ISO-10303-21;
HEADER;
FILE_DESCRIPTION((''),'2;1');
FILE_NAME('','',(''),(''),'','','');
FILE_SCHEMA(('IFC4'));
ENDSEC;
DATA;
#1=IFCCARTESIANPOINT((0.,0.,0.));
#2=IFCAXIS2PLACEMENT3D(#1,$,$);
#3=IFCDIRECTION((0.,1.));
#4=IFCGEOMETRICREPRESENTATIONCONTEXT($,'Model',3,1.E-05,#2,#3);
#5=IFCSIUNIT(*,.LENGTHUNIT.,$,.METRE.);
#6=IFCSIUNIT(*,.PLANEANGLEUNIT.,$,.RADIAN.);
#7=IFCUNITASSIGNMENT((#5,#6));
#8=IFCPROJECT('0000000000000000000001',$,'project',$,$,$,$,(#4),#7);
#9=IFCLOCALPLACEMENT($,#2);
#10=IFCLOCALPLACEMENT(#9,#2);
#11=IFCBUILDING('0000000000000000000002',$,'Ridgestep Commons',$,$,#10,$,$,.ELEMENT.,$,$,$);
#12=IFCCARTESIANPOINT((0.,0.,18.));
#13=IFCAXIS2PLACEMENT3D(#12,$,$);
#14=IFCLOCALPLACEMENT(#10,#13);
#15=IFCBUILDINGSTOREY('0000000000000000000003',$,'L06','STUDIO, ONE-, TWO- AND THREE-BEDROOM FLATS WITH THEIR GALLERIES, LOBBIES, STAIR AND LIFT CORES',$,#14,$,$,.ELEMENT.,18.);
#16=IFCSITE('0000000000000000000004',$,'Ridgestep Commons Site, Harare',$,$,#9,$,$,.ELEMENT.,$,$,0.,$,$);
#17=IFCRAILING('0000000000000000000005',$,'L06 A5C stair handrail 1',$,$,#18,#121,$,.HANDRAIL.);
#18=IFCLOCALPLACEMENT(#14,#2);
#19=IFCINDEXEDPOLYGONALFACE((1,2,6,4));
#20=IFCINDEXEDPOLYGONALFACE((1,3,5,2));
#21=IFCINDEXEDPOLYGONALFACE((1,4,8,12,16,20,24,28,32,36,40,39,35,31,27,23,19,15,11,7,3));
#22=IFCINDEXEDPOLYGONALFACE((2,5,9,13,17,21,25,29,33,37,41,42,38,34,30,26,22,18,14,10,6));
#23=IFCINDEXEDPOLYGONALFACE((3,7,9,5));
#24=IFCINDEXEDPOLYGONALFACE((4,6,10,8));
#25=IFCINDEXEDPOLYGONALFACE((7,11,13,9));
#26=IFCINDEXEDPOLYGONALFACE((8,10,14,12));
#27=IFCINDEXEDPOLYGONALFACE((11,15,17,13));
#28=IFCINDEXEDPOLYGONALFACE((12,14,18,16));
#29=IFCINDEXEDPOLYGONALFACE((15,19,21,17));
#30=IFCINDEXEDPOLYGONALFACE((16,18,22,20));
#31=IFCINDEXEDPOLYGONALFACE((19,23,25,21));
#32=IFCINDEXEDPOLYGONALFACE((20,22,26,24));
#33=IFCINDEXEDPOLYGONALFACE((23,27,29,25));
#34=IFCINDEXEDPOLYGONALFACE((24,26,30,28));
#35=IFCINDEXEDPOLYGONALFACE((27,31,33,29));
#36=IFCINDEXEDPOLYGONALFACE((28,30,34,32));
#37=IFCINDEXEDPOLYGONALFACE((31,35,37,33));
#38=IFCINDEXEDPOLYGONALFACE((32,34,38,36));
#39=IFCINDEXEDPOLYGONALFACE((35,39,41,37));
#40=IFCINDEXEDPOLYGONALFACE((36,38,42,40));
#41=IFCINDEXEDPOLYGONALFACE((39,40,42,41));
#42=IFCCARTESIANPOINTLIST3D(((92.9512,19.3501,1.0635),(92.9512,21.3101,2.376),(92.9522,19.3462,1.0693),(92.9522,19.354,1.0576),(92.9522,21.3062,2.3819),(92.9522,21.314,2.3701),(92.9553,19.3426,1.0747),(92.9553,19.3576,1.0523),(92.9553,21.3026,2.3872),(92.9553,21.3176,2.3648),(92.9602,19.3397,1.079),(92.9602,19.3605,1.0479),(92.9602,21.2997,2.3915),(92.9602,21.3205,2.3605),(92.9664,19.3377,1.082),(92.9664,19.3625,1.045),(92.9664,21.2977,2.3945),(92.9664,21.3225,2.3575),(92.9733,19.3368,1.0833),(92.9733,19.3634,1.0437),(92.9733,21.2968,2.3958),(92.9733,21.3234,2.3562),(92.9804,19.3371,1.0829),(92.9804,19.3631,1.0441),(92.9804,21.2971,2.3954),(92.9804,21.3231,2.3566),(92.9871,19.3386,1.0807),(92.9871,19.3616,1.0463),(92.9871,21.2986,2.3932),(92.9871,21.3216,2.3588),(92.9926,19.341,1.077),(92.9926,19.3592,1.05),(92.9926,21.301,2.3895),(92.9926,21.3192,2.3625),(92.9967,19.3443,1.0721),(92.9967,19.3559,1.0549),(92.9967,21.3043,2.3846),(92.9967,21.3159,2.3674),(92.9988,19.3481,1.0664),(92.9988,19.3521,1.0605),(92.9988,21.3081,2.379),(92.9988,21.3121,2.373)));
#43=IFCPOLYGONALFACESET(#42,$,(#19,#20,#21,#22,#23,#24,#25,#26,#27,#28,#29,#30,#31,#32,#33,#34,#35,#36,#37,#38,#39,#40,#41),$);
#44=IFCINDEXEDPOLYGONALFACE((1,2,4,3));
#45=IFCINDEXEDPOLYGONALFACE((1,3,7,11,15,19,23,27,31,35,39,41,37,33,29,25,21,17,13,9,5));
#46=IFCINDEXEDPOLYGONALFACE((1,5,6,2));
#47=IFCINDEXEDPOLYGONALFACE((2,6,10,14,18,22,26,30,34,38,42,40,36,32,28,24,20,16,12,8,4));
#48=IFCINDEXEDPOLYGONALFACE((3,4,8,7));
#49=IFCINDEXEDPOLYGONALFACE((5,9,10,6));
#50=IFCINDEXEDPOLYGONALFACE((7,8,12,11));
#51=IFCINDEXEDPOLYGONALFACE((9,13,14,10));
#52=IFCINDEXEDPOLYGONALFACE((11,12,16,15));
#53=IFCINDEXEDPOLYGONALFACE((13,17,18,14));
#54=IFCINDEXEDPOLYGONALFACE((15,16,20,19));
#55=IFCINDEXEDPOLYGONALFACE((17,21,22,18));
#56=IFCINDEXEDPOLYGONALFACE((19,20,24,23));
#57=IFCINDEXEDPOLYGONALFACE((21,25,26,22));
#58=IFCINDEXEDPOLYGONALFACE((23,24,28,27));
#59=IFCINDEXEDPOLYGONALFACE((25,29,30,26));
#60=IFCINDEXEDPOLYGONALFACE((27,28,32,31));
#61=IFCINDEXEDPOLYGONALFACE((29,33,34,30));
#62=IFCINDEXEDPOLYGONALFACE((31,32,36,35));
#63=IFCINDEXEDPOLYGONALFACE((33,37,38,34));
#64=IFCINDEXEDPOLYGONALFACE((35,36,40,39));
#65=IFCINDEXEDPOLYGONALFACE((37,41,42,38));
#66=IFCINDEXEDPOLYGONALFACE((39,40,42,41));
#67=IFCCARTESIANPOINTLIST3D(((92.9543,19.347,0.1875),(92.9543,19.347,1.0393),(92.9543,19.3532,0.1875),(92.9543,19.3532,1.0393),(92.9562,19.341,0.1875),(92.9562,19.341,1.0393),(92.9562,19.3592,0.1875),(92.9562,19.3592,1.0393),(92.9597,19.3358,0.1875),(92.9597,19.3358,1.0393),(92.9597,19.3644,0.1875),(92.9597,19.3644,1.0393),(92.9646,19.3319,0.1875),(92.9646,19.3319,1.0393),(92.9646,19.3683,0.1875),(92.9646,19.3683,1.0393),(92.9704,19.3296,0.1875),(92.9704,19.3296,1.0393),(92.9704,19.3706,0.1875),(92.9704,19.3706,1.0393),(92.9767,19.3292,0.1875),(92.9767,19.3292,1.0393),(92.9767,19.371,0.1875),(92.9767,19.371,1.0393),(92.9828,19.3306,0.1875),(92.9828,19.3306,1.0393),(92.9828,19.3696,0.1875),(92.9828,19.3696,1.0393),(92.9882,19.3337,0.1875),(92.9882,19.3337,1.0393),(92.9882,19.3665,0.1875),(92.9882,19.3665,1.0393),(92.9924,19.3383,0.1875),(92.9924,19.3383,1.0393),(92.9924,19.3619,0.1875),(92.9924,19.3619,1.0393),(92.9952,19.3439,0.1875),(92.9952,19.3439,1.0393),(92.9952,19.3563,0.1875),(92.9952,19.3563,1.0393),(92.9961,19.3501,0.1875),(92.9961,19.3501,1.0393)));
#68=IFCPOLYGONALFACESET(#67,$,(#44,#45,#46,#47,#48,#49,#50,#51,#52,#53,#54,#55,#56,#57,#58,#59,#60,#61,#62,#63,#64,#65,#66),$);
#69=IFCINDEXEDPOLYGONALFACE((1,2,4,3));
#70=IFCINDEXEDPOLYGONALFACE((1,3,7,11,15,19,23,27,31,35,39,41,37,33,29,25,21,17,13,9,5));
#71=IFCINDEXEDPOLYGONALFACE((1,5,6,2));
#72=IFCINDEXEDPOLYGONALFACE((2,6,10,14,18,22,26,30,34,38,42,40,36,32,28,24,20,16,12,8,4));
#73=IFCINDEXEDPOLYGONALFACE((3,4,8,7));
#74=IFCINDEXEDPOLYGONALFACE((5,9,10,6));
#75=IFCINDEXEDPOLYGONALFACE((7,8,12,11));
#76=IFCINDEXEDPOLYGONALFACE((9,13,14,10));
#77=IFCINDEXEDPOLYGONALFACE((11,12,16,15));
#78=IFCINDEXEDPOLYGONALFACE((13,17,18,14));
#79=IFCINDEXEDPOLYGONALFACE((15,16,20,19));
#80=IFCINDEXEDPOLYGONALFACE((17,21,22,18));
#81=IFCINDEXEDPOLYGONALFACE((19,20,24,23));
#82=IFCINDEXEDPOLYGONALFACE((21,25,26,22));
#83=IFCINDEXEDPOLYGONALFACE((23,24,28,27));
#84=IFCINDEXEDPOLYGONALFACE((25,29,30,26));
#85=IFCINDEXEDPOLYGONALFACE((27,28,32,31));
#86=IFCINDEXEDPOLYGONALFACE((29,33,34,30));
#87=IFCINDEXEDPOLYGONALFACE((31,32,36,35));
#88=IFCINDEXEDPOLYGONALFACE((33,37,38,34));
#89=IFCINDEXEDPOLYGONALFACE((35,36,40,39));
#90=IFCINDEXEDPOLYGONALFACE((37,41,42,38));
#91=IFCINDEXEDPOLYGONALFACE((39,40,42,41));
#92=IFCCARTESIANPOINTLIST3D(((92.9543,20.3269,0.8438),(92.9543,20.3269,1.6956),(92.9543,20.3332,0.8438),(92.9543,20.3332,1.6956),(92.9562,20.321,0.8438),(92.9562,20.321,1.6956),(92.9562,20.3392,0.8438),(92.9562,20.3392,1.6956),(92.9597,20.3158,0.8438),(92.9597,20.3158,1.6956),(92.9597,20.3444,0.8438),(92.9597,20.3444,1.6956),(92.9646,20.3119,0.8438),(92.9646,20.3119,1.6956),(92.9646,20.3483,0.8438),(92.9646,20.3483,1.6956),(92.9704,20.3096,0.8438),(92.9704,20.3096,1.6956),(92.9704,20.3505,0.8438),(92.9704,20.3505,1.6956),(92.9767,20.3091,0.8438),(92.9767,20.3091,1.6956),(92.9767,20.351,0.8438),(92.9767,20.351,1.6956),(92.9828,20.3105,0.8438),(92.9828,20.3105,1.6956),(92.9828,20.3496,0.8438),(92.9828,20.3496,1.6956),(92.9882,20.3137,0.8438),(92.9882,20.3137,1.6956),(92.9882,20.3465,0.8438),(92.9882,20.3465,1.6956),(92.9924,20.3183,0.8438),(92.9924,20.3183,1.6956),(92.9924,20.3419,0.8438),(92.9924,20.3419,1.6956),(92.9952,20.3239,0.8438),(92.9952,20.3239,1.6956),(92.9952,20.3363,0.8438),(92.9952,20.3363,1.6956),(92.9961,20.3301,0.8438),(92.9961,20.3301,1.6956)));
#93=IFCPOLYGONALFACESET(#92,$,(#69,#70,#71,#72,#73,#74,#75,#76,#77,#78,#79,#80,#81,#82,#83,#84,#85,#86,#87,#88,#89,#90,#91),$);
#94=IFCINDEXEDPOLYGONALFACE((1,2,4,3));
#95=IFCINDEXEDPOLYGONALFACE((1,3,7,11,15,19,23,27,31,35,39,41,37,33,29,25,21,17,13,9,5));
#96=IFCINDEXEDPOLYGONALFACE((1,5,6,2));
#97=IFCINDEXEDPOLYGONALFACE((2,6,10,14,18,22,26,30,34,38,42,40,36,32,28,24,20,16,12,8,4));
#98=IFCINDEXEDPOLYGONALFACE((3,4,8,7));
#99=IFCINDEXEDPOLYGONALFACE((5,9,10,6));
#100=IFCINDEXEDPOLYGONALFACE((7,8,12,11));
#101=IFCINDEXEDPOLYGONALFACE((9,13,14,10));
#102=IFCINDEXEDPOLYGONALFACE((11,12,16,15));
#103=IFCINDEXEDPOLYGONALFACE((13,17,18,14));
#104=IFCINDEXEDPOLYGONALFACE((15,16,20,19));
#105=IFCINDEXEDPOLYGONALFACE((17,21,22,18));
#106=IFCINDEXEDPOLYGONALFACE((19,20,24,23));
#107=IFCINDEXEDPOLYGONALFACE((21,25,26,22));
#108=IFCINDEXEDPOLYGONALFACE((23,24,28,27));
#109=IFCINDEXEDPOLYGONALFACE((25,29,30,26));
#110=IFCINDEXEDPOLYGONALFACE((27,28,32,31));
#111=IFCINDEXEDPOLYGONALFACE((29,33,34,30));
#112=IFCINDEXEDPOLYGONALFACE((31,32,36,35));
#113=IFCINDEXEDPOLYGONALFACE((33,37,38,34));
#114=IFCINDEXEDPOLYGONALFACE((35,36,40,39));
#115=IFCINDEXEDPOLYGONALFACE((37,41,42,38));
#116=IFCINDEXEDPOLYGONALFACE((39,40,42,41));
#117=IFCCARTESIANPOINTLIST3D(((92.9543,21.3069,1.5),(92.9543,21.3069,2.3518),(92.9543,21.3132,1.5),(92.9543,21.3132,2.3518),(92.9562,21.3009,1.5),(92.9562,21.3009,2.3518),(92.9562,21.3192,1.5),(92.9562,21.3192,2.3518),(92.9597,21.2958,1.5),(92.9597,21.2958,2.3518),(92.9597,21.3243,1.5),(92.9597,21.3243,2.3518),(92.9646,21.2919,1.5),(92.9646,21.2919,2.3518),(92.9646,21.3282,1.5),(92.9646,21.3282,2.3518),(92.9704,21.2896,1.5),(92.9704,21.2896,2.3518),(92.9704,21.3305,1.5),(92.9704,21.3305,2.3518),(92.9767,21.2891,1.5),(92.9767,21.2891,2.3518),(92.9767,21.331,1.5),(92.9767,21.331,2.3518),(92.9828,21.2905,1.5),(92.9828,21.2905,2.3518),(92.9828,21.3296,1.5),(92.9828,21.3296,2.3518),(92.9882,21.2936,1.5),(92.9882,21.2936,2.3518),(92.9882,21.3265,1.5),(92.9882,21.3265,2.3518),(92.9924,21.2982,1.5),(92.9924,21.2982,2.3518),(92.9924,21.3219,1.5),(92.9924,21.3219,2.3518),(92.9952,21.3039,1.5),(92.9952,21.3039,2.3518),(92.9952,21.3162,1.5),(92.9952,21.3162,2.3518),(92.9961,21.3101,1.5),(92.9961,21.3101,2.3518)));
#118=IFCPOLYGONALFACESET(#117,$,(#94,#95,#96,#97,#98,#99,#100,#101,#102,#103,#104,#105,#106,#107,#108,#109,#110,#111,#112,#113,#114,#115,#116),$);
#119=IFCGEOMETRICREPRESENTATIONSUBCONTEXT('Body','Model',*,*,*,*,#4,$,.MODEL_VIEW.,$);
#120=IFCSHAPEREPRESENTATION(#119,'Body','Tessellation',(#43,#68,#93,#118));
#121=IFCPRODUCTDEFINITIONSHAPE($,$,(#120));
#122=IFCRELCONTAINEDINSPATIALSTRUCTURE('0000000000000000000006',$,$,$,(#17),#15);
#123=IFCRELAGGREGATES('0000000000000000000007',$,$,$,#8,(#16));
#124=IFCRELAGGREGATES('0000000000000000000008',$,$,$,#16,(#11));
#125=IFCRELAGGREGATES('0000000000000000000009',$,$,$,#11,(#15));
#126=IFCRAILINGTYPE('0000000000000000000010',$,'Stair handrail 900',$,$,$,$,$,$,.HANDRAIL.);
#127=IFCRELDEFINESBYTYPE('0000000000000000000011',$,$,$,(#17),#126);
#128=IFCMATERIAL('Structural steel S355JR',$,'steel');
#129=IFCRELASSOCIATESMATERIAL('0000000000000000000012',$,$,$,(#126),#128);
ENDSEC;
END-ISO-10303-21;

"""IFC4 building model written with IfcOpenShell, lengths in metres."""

from ifc_helpers import new_model, si_unit, direction, frame, origin, origin_2d, place, context, subcontext, project, spatial, circle, extrude, material, type_object, element, save


model = new_model("IFC4")

# Units and contexts
model_context = context("Model", 3, precision=1e-05, world=origin(), true_north=direction((0.0, 1.0)))
body_context = subcontext(model_context, "Body", "Model", "MODEL_VIEW")
ifc_project = project(units=[si_unit("LENGTHUNIT", "METRE"), si_unit("PLANEANGLEUNIT", "RADIAN")], contexts=[model_context])

# Site, building, storey
site_placement = place(None, origin())
site = spatial("IfcSite", under=ifc_project, at=site_placement, Name="Ridgestep Commons Site, Harare", CompositionType="ELEMENT", RefElevation=0.0)
building_placement = place(site_placement, origin())
building = spatial("IfcBuilding", under=site, at=building_placement, Name="Ridgestep Commons", CompositionType="ELEMENT")
storey_placement = place(building_placement, frame((0.0, 0.0, 18.0)))
storey = spatial("IfcBuildingStorey", under=building, at=storey_placement, Name="L06", Description="STUDIO, ONE-, TWO- AND THREE-BEDROOM FLATS WITH THEIR GALLERIES, LOBBIES, STAIR AND LIFT CORES", CompositionType="ELEMENT", Elevation=18.0)

# Railing
ifc_material_1 = material(Name="Structural steel S355JR", Category="steel")
railing_type_1 = type_object("IfcRailingType", Name="Stair handrail 900", PredefinedType="HANDRAIL", material=ifc_material_1)
railing_1_placement = place(storey_placement, frame((92.9751, 19.3501, 0.1875)))
element("IfcRailing", 1, at=railing_1_placement, inside=storey, type_object=railing_type_1, Name="L06 A5C stair handrail 1", PredefinedType="HANDRAIL", context=body_context, shape_type="SweptSolid", body=[
    extrude(circle(Radius=0.0239, at=origin_2d()), frame((0.0, 0.0, 0.876), z_axis=(0.0, 0.830902, 0.556419), x_axis=(-1.0, 0.0, 0.0)), (0.0, 0.0, 1.0), 2.3589),
    extrude(circle(Radius=0.021, at=origin_2d()), origin(), (0.0, 0.0, 1.0), 0.8518),
    extrude(circle(Radius=0.021, at=origin_2d()), frame((0.0, 0.98, 0.6562)), (0.0, 0.0, 1.0), 0.8518),
    extrude(circle(Radius=0.021, at=origin_2d()), frame((0.0, 1.96, 1.3125)), (0.0, 0.0, 1.0), 0.8518),
])

save(model, "model.ifc")
